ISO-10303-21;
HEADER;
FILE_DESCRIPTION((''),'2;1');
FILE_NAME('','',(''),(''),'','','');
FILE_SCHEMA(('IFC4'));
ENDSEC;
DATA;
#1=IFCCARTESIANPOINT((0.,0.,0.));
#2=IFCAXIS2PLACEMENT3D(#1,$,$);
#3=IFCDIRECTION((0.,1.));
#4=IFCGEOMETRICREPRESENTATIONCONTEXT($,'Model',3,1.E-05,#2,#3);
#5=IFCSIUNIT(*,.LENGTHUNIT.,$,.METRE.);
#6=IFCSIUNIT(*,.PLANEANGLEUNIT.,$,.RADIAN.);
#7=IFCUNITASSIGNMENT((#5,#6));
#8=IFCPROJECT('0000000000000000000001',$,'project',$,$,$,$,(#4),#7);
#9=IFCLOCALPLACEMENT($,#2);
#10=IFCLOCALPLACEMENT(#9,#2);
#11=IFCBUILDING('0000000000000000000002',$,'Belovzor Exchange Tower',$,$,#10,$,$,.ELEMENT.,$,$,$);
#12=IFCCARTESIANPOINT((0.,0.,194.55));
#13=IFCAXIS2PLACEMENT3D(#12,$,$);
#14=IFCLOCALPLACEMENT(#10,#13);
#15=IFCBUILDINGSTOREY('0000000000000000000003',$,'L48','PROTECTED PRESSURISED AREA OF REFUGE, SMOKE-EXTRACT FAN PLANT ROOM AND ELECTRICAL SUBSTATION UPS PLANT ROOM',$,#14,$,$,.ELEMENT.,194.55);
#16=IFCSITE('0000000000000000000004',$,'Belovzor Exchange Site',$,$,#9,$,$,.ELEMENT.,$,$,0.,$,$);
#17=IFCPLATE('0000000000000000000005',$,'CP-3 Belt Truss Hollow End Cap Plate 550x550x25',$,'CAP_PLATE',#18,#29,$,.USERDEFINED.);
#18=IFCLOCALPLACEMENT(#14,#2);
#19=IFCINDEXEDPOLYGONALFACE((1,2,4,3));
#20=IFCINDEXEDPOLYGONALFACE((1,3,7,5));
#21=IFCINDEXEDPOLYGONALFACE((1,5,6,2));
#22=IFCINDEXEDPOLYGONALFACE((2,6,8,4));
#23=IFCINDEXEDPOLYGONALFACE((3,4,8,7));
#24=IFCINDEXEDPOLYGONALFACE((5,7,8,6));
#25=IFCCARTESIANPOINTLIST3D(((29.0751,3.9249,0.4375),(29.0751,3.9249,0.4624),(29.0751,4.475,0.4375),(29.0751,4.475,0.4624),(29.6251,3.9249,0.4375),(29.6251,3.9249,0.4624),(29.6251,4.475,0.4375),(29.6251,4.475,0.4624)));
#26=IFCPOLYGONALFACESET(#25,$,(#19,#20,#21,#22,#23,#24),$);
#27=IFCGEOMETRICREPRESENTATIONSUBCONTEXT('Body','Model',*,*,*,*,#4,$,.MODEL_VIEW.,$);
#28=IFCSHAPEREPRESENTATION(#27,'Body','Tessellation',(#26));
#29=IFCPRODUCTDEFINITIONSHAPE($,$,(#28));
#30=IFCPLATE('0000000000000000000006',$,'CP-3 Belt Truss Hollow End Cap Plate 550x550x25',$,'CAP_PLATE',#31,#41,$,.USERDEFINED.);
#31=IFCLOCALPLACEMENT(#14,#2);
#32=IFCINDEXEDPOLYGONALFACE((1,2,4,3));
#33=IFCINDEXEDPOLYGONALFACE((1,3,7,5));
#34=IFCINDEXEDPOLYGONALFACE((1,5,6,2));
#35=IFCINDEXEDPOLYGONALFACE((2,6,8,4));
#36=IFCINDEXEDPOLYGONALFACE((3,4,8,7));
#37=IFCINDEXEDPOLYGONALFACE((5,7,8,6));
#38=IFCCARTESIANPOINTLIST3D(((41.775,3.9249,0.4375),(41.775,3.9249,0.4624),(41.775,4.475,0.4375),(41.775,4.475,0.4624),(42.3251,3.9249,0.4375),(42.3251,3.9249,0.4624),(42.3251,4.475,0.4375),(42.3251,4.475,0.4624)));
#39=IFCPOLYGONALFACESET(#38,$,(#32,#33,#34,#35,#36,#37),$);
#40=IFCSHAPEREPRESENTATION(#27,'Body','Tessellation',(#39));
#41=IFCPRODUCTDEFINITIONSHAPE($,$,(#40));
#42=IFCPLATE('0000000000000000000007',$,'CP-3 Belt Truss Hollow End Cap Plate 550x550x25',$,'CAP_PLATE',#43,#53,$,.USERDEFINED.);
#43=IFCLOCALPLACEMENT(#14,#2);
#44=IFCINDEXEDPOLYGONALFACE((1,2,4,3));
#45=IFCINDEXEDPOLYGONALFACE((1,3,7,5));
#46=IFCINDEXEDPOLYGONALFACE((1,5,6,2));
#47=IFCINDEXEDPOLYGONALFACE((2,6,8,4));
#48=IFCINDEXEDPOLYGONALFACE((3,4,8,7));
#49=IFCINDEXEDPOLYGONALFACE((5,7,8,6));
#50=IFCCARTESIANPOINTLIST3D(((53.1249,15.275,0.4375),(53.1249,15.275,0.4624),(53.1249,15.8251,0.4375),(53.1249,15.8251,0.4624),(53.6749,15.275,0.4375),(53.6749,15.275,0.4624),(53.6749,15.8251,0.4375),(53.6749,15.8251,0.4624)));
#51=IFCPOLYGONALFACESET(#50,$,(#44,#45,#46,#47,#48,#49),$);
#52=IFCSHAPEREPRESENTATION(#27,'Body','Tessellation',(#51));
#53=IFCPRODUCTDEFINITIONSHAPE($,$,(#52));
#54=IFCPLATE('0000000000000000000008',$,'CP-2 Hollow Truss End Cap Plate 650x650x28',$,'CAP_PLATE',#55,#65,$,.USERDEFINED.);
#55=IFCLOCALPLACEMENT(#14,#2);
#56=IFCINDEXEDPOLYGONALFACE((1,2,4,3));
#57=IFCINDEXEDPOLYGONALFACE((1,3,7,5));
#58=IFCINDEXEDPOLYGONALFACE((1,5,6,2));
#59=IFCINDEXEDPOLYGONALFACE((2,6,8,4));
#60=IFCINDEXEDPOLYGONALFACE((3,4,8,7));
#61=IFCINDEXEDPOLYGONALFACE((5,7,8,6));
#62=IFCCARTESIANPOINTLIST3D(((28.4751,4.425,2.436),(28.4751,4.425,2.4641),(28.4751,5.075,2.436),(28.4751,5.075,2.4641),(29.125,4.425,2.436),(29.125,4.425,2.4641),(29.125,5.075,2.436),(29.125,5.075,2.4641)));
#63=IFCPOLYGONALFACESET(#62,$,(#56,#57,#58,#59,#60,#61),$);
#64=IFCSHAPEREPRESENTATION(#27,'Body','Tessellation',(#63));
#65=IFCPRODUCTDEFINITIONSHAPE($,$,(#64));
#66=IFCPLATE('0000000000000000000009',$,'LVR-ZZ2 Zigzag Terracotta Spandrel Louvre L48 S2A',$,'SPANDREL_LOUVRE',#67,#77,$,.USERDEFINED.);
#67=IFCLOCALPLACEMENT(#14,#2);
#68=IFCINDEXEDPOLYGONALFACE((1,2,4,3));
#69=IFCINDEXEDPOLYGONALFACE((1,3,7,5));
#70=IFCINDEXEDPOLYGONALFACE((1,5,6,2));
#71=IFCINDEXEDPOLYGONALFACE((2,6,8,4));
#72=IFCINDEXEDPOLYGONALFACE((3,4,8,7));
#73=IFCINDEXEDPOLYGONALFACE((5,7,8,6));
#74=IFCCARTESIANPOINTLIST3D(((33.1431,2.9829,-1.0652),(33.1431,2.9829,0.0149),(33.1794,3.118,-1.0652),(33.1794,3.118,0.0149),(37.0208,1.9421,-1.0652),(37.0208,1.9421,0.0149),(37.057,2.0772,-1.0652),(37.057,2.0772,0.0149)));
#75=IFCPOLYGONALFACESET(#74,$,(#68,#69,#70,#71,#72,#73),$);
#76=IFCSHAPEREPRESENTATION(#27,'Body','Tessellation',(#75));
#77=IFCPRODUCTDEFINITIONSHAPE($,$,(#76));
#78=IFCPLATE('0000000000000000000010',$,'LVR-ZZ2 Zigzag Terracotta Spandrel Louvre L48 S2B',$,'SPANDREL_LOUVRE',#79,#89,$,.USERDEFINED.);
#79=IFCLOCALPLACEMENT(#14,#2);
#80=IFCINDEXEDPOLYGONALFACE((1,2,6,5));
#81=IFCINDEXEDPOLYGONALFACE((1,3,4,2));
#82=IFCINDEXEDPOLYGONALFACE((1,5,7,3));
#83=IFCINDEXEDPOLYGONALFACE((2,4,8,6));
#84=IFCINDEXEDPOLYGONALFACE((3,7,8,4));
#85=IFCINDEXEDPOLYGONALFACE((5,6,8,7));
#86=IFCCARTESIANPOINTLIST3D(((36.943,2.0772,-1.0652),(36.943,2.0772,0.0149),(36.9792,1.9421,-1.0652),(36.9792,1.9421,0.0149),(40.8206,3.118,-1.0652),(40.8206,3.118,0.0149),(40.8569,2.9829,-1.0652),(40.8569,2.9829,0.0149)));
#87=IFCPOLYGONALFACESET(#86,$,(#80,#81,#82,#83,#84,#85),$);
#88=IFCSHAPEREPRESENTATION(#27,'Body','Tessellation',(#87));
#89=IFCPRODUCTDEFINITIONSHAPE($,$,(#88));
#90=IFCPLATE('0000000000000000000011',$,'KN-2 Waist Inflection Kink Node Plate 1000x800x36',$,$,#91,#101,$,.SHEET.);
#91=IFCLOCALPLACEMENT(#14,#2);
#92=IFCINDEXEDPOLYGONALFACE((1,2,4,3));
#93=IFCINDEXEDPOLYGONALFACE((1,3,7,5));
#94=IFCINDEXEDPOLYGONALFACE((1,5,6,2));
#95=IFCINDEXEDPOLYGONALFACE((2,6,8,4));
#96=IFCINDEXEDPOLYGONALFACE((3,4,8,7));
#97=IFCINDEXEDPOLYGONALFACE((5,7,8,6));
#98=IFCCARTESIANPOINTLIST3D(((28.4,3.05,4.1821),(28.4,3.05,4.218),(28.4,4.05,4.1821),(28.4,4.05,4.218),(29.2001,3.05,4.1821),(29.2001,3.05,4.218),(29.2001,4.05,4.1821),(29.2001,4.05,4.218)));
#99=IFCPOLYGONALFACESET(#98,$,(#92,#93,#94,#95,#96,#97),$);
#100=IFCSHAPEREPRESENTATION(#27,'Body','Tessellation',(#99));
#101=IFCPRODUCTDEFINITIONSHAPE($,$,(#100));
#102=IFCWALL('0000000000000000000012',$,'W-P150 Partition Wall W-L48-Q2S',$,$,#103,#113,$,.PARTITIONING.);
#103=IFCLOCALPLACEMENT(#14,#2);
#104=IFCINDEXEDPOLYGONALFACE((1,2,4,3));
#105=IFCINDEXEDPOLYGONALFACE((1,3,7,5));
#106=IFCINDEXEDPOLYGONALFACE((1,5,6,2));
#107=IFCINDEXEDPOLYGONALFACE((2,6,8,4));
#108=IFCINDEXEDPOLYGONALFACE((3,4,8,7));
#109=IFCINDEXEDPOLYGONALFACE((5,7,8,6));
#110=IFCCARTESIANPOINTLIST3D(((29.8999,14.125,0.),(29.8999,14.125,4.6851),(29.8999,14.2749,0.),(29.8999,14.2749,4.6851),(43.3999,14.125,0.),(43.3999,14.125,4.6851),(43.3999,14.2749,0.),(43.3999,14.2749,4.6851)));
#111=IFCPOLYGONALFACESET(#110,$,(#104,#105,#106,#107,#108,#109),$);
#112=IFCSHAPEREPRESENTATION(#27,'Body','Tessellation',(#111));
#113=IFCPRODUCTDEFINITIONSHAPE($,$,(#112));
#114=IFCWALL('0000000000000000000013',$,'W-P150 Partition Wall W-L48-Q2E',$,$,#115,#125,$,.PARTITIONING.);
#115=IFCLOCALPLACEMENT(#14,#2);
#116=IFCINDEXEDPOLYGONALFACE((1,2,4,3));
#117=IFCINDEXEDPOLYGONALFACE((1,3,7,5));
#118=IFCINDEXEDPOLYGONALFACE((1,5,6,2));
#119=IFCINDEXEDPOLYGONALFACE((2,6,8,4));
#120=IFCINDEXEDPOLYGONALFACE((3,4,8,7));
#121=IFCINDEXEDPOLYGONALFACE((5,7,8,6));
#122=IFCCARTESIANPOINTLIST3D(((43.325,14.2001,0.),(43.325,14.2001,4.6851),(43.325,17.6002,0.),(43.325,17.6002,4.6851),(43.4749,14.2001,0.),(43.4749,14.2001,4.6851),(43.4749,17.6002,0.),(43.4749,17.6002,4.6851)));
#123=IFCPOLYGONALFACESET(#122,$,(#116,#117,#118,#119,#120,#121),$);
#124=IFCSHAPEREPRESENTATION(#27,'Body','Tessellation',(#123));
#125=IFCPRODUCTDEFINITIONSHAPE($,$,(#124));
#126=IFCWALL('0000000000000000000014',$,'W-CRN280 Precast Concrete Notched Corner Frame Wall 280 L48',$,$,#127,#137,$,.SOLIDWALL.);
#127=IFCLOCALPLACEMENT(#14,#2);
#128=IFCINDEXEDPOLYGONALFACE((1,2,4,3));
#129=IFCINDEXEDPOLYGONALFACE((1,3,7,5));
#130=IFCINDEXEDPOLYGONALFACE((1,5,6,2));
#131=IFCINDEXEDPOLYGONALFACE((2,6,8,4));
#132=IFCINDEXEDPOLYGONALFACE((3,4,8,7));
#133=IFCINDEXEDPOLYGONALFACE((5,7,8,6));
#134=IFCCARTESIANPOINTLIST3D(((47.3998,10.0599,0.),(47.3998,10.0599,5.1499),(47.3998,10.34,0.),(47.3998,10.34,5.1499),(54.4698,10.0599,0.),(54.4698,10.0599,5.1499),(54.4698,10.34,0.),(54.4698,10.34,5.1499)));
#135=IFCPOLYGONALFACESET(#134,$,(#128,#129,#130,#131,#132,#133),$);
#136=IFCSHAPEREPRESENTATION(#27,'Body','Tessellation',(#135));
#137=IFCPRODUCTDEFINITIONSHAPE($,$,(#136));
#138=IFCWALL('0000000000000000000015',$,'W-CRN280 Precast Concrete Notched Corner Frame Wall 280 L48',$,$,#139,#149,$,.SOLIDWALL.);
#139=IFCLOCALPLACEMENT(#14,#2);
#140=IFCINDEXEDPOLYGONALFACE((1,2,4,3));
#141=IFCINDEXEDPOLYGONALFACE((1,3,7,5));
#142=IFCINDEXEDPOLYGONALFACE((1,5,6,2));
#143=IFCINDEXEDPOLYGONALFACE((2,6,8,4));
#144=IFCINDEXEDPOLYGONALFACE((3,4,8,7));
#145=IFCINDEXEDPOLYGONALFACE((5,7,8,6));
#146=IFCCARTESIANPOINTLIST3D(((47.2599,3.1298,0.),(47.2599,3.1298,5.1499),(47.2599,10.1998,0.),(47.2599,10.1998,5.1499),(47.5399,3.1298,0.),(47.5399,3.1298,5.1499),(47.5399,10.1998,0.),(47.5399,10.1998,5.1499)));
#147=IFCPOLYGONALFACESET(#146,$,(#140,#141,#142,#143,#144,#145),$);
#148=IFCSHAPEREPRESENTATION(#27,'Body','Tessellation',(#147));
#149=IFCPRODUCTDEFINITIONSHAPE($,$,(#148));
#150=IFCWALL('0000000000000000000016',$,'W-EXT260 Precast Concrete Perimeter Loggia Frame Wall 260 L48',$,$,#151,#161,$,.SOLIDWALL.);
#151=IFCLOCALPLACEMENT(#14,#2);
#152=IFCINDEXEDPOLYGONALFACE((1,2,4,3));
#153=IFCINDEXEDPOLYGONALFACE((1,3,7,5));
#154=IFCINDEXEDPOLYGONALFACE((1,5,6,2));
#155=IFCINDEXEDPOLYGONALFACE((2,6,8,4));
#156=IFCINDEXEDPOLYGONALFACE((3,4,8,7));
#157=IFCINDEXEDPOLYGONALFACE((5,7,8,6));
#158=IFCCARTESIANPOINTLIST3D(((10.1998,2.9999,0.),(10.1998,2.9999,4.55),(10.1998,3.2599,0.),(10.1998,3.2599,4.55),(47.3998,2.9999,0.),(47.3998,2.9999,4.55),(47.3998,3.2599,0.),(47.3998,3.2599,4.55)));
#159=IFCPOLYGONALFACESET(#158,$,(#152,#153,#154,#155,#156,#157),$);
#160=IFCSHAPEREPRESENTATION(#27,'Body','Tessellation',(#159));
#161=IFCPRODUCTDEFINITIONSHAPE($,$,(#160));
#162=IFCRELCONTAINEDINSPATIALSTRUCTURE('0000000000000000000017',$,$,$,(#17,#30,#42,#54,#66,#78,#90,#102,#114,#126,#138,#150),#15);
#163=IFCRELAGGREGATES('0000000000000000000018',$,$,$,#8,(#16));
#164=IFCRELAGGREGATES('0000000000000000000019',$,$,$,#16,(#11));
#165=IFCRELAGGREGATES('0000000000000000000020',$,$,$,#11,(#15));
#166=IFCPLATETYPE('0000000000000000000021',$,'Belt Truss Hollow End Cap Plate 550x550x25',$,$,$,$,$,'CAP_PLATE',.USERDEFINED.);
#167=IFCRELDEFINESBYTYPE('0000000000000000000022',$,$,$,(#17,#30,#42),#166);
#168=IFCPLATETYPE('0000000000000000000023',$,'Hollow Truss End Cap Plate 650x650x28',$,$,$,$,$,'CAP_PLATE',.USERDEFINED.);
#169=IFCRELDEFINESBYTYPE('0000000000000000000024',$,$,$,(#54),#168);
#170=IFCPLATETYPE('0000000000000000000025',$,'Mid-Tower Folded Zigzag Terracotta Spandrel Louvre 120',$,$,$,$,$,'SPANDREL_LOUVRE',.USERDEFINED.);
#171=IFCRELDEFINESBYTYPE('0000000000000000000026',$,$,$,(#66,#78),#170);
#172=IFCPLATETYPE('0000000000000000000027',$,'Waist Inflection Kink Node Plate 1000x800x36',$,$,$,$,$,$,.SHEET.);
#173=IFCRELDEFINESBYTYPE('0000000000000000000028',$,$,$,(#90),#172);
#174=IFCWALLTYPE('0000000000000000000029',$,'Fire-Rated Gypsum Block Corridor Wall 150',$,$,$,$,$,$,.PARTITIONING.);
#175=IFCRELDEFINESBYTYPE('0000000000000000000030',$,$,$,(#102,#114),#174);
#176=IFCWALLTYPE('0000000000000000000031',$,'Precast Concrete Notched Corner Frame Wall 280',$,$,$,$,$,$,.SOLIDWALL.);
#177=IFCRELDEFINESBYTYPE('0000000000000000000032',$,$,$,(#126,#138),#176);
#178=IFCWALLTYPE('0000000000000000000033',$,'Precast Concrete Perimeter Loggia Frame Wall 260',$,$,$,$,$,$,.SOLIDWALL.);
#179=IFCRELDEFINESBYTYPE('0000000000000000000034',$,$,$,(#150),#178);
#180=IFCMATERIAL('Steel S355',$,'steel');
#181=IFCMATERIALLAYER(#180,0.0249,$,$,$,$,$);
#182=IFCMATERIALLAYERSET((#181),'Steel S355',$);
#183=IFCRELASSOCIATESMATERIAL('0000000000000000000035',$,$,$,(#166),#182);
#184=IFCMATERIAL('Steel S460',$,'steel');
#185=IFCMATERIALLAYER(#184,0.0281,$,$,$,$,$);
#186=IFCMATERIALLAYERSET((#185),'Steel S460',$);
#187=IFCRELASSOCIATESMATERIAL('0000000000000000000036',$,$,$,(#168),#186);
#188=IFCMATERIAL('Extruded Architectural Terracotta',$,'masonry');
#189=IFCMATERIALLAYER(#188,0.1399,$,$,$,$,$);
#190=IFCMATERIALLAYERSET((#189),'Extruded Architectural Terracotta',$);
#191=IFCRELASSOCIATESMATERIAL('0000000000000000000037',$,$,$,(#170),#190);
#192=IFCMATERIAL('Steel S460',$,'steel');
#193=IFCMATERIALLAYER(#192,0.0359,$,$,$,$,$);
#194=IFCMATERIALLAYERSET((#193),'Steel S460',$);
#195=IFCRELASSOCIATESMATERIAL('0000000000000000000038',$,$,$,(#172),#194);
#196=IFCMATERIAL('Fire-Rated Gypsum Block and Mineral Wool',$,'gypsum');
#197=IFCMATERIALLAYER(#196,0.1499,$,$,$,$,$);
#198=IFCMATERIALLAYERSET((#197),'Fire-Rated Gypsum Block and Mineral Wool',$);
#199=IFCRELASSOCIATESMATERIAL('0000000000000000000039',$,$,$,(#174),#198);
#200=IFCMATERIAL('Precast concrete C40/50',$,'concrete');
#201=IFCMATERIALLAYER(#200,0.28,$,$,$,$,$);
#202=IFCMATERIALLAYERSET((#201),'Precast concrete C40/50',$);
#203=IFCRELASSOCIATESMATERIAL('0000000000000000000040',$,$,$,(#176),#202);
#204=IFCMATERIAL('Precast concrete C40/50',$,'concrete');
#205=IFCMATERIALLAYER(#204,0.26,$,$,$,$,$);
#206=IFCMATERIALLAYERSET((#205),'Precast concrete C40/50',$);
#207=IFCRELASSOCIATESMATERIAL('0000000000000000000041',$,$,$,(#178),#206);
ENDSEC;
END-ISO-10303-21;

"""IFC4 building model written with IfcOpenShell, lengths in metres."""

from ifc_helpers import new_model, si_unit, direction, frame, frame_2d, origin, origin_2d, place, context, subcontext, project, spatial, rectangle, extrude, material, layer, layer_set, type_object, element, save


model = new_model("IFC4")

# Units and contexts
model_context = context("Model", 3, precision=1e-05, world=origin(), true_north=direction((0.0, 1.0)))
body_context = subcontext(model_context, "Body", "Model", "MODEL_VIEW")
ifc_project = project(units=[si_unit("LENGTHUNIT", "METRE"), si_unit("PLANEANGLEUNIT", "RADIAN")], contexts=[model_context])

# Site, building, storey
site_placement = place(None, origin())
site = spatial("IfcSite", under=ifc_project, at=site_placement, Name="Belovzor Exchange Site", CompositionType="ELEMENT", RefElevation=0.0)
building_placement = place(site_placement, origin())
building = spatial("IfcBuilding", under=site, at=building_placement, Name="Belovzor Exchange Tower", CompositionType="ELEMENT")
storey_placement = place(building_placement, frame((0.0, 0.0, 194.55)))
storey = spatial("IfcBuildingStorey", under=building, at=storey_placement, Name="L48", Description="PROTECTED PRESSURISED AREA OF REFUGE, SMOKE-EXTRACT FAN PLANT ROOM AND ELECTRICAL SUBSTATION UPS PLANT ROOM", CompositionType="ELEMENT", Elevation=194.55)

# Plates
ifc_material_1 = material(Name="Steel S355", Category="steel")
ifc_layer_1 = layer(ifc_material_1, 0.0249)
ifc_layer_set_1 = layer_set([ifc_layer_1], Name="Steel S355")
plate_type_1 = type_object("IfcPlateType", Name="Belt Truss Hollow End Cap Plate 550x550x25", ElementType="CAP_PLATE", PredefinedType="USERDEFINED", material=ifc_layer_set_1)
for number, where, z_axis, x_axis, name in (
    (1, (29.3501, 4.2, 0.4375), (0.0, 0.0, 1.0), (1.0, 0.0, 0.0), "CP-3 Belt Truss Hollow End Cap Plate 550x550x25"),
    (2, (42.05, 4.2, 0.4375), (0.0, 0.0, 1.0), (1.0, 0.0, 0.0), "CP-3 Belt Truss Hollow End Cap Plate 550x550x25"),
    (3, (53.3999, 15.55, 0.4375), (0.0, 0.0, 1.0), (0.0, 1.0, 0.0), "CP-3 Belt Truss Hollow End Cap Plate 550x550x25"),
):
    element("IfcPlate", number, at=place(storey_placement, frame(where, z_axis=z_axis, x_axis=x_axis)), inside=storey, type_object=plate_type_1, Name=name, ObjectType="CAP_PLATE", PredefinedType="USERDEFINED", context=body_context, shape_type="SweptSolid", body=[
        extrude(rectangle(XDim=0.55, YDim=0.55, at=origin_2d()), origin(), (0.0, 0.0, 1.0), 0.0249),
    ])
ifc_material_2 = material(Name="Steel S460", Category="steel")
ifc_layer_2 = layer(ifc_material_2, 0.0281)
ifc_layer_set_2 = layer_set([ifc_layer_2], Name="Steel S460")
plate_type_2 = type_object("IfcPlateType", Name="Hollow Truss End Cap Plate 650x650x28", ElementType="CAP_PLATE", PredefinedType="USERDEFINED", material=ifc_layer_set_2)
plate_1_placement = place(storey_placement, frame((28.8, 4.75, 2.436), z_axis=(0.0, 0.0, 1.0), x_axis=(0.0, 1.0, 0.0)))
element("IfcPlate", 4, at=plate_1_placement, inside=storey, type_object=plate_type_2, Name="CP-2 Hollow Truss End Cap Plate 650x650x28", ObjectType="CAP_PLATE", PredefinedType="USERDEFINED", context=body_context, shape_type="SweptSolid", body=[
    extrude(rectangle(XDim=0.6499, YDim=0.6499, at=origin_2d()), origin(), (0.0, 0.0, 1.0), 0.0281),
])
ifc_material_3 = material(Name="Extruded Architectural Terracotta", Category="masonry")
ifc_layer_3 = layer(ifc_material_3, 0.1399)
ifc_layer_set_3 = layer_set([ifc_layer_3], Name="Extruded Architectural Terracotta")
plate_type_3 = type_object("IfcPlateType", Name="Mid-Tower Folded Zigzag Terracotta Spandrel Louvre 120", ElementType="SPANDREL_LOUVRE", PredefinedType="USERDEFINED", material=ifc_layer_set_3)
for number, where, z_axis, x_axis, name in (
    (5, (35.1001, 2.53, -1.0652), (0.0, 0.0, 1.0), (0.965813, -0.25924, 0.0), "LVR-ZZ2 Zigzag Terracotta Spandrel Louvre L48 S2A"),
    (6, (38.8999, 2.53, -1.0652), (0.0, 0.0, 1.0), (0.965813, 0.25924, 0.0), "LVR-ZZ2 Zigzag Terracotta Spandrel Louvre L48 S2B"),
):
    element("IfcPlate", number, at=place(storey_placement, frame(where, z_axis=z_axis, x_axis=x_axis)), inside=storey, type_object=plate_type_3, Name=name, ObjectType="SPANDREL_LOUVRE", PredefinedType="USERDEFINED", context=body_context, shape_type="SweptSolid", body=[
        extrude(rectangle(XDim=4.0149, YDim=0.1399, at=origin_2d()), origin(), (0.0, 0.0, 1.0), 1.0801),
    ])
ifc_material_4 = material(Name="Steel S460", Category="steel")
ifc_layer_4 = layer(ifc_material_4, 0.0359)
ifc_layer_set_4 = layer_set([ifc_layer_4], Name="Steel S460")
plate_type_4 = type_object("IfcPlateType", Name="Waist Inflection Kink Node Plate 1000x800x36", PredefinedType="SHEET", material=ifc_layer_set_4)
plate_2_placement = place(storey_placement, frame((28.8, 3.55, 4.1821), z_axis=(0.0, 0.0, 1.0), x_axis=(0.0, 1.0, 0.0)))
element("IfcPlate", 7, at=plate_2_placement, inside=storey, type_object=plate_type_4, Name="KN-2 Waist Inflection Kink Node Plate 1000x800x36", PredefinedType="SHEET", context=body_context, shape_type="SweptSolid", body=[
    extrude(rectangle(XDim=1.0, YDim=0.8, at=origin_2d()), origin(), (0.0, 0.0, 1.0), 0.0359),
])

# Walls
ifc_material_5 = material(Name="Fire-Rated Gypsum Block and Mineral Wool", Category="gypsum")
ifc_layer_5 = layer(ifc_material_5, 0.1499)
ifc_layer_set_5 = layer_set([ifc_layer_5], Name="Fire-Rated Gypsum Block and Mineral Wool")
wall_type_1 = type_object("IfcWallType", Name="Fire-Rated Gypsum Block Corridor Wall 150", PredefinedType="PARTITIONING", material=ifc_layer_set_5)
wall_1_placement = place(storey_placement, frame((29.8999, 14.2, 0.0), z_axis=(0.0, 0.0, 1.0), x_axis=(1.0, 0.0, 0.0)))
element("IfcWall", 8, at=wall_1_placement, inside=storey, type_object=wall_type_1, Name="W-P150 Partition Wall W-L48-Q2S", PredefinedType="PARTITIONING", context=body_context, shape_type="SweptSolid", body=[
    extrude(rectangle(XDim=13.5, YDim=0.1499, at=frame_2d((6.75, 0.0))), origin(), (0.0, 0.0, 1.0), 4.6851),
])
wall_2_placement = place(storey_placement, frame((43.3999, 14.2, 0.0), z_axis=(0.0, 0.0, 1.0), x_axis=(0.0, 1.0, 0.0)))
element("IfcWall", 9, at=wall_2_placement, inside=storey, type_object=wall_type_1, Name="W-P150 Partition Wall W-L48-Q2E", PredefinedType="PARTITIONING", context=body_context, shape_type="SweptSolid", body=[
    extrude(rectangle(XDim=3.4001, YDim=0.1499, at=frame_2d((1.7002, 0.0))), origin(), (0.0, 0.0, 1.0), 4.6851),
])
ifc_material_6 = material(Name="Precast concrete C40/50", Category="concrete")
ifc_layer_6 = layer(ifc_material_6, 0.28)
ifc_layer_set_6 = layer_set([ifc_layer_6], Name="Precast concrete C40/50")
wall_type_2 = type_object("IfcWallType", Name="Precast Concrete Notched Corner Frame Wall 280", PredefinedType="SOLIDWALL", material=ifc_layer_set_6)
for number, where, z_axis, x_axis, name in (
    (10, (54.47, 10.2, 0.0), (0.0, 0.0, 1.0), (-1.0, 0.0, 0.0), "W-CRN280 Precast Concrete Notched Corner Frame Wall 280 L48"),
    (11, (47.3999, 10.2, 0.0), (0.0, 0.0, 1.0), (0.0, -1.0, 0.0), "W-CRN280 Precast Concrete Notched Corner Frame Wall 280 L48"),
):
    element("IfcWall", number, at=place(storey_placement, frame(where, z_axis=z_axis, x_axis=x_axis)), inside=storey, type_object=wall_type_2, Name=name, PredefinedType="SOLIDWALL", context=body_context, shape_type="SweptSolid", body=[
        extrude(rectangle(XDim=7.0701, YDim=0.28, at=frame_2d((3.5352, 0.0))), origin(), (0.0, 0.0, 1.0), 5.1499),
    ])
ifc_material_7 = material(Name="Precast concrete C40/50", Category="concrete")
ifc_layer_7 = layer(ifc_material_7, 0.26)
ifc_layer_set_7 = layer_set([ifc_layer_7], Name="Precast concrete C40/50")
wall_type_3 = type_object("IfcWallType", Name="Precast Concrete Perimeter Loggia Frame Wall 260", PredefinedType="SOLIDWALL", material=ifc_layer_set_7)
wall_3_placement = place(storey_placement, frame((47.3999, 3.1299, 0.0), z_axis=(0.0, 0.0, 1.0), x_axis=(-1.0, 0.0, 0.0)))
element("IfcWall", 12, at=wall_3_placement, inside=storey, type_object=wall_type_3, Name="W-EXT260 Precast Concrete Perimeter Loggia Frame Wall 260 L48", PredefinedType="SOLIDWALL", context=body_context, shape_type="SweptSolid", body=[
    extrude(rectangle(XDim=37.2, YDim=0.26, at=frame_2d((18.6001, 0.0))), origin(), (0.0, 0.0, 1.0), 4.55),
])

save(model, "model.ifc")
